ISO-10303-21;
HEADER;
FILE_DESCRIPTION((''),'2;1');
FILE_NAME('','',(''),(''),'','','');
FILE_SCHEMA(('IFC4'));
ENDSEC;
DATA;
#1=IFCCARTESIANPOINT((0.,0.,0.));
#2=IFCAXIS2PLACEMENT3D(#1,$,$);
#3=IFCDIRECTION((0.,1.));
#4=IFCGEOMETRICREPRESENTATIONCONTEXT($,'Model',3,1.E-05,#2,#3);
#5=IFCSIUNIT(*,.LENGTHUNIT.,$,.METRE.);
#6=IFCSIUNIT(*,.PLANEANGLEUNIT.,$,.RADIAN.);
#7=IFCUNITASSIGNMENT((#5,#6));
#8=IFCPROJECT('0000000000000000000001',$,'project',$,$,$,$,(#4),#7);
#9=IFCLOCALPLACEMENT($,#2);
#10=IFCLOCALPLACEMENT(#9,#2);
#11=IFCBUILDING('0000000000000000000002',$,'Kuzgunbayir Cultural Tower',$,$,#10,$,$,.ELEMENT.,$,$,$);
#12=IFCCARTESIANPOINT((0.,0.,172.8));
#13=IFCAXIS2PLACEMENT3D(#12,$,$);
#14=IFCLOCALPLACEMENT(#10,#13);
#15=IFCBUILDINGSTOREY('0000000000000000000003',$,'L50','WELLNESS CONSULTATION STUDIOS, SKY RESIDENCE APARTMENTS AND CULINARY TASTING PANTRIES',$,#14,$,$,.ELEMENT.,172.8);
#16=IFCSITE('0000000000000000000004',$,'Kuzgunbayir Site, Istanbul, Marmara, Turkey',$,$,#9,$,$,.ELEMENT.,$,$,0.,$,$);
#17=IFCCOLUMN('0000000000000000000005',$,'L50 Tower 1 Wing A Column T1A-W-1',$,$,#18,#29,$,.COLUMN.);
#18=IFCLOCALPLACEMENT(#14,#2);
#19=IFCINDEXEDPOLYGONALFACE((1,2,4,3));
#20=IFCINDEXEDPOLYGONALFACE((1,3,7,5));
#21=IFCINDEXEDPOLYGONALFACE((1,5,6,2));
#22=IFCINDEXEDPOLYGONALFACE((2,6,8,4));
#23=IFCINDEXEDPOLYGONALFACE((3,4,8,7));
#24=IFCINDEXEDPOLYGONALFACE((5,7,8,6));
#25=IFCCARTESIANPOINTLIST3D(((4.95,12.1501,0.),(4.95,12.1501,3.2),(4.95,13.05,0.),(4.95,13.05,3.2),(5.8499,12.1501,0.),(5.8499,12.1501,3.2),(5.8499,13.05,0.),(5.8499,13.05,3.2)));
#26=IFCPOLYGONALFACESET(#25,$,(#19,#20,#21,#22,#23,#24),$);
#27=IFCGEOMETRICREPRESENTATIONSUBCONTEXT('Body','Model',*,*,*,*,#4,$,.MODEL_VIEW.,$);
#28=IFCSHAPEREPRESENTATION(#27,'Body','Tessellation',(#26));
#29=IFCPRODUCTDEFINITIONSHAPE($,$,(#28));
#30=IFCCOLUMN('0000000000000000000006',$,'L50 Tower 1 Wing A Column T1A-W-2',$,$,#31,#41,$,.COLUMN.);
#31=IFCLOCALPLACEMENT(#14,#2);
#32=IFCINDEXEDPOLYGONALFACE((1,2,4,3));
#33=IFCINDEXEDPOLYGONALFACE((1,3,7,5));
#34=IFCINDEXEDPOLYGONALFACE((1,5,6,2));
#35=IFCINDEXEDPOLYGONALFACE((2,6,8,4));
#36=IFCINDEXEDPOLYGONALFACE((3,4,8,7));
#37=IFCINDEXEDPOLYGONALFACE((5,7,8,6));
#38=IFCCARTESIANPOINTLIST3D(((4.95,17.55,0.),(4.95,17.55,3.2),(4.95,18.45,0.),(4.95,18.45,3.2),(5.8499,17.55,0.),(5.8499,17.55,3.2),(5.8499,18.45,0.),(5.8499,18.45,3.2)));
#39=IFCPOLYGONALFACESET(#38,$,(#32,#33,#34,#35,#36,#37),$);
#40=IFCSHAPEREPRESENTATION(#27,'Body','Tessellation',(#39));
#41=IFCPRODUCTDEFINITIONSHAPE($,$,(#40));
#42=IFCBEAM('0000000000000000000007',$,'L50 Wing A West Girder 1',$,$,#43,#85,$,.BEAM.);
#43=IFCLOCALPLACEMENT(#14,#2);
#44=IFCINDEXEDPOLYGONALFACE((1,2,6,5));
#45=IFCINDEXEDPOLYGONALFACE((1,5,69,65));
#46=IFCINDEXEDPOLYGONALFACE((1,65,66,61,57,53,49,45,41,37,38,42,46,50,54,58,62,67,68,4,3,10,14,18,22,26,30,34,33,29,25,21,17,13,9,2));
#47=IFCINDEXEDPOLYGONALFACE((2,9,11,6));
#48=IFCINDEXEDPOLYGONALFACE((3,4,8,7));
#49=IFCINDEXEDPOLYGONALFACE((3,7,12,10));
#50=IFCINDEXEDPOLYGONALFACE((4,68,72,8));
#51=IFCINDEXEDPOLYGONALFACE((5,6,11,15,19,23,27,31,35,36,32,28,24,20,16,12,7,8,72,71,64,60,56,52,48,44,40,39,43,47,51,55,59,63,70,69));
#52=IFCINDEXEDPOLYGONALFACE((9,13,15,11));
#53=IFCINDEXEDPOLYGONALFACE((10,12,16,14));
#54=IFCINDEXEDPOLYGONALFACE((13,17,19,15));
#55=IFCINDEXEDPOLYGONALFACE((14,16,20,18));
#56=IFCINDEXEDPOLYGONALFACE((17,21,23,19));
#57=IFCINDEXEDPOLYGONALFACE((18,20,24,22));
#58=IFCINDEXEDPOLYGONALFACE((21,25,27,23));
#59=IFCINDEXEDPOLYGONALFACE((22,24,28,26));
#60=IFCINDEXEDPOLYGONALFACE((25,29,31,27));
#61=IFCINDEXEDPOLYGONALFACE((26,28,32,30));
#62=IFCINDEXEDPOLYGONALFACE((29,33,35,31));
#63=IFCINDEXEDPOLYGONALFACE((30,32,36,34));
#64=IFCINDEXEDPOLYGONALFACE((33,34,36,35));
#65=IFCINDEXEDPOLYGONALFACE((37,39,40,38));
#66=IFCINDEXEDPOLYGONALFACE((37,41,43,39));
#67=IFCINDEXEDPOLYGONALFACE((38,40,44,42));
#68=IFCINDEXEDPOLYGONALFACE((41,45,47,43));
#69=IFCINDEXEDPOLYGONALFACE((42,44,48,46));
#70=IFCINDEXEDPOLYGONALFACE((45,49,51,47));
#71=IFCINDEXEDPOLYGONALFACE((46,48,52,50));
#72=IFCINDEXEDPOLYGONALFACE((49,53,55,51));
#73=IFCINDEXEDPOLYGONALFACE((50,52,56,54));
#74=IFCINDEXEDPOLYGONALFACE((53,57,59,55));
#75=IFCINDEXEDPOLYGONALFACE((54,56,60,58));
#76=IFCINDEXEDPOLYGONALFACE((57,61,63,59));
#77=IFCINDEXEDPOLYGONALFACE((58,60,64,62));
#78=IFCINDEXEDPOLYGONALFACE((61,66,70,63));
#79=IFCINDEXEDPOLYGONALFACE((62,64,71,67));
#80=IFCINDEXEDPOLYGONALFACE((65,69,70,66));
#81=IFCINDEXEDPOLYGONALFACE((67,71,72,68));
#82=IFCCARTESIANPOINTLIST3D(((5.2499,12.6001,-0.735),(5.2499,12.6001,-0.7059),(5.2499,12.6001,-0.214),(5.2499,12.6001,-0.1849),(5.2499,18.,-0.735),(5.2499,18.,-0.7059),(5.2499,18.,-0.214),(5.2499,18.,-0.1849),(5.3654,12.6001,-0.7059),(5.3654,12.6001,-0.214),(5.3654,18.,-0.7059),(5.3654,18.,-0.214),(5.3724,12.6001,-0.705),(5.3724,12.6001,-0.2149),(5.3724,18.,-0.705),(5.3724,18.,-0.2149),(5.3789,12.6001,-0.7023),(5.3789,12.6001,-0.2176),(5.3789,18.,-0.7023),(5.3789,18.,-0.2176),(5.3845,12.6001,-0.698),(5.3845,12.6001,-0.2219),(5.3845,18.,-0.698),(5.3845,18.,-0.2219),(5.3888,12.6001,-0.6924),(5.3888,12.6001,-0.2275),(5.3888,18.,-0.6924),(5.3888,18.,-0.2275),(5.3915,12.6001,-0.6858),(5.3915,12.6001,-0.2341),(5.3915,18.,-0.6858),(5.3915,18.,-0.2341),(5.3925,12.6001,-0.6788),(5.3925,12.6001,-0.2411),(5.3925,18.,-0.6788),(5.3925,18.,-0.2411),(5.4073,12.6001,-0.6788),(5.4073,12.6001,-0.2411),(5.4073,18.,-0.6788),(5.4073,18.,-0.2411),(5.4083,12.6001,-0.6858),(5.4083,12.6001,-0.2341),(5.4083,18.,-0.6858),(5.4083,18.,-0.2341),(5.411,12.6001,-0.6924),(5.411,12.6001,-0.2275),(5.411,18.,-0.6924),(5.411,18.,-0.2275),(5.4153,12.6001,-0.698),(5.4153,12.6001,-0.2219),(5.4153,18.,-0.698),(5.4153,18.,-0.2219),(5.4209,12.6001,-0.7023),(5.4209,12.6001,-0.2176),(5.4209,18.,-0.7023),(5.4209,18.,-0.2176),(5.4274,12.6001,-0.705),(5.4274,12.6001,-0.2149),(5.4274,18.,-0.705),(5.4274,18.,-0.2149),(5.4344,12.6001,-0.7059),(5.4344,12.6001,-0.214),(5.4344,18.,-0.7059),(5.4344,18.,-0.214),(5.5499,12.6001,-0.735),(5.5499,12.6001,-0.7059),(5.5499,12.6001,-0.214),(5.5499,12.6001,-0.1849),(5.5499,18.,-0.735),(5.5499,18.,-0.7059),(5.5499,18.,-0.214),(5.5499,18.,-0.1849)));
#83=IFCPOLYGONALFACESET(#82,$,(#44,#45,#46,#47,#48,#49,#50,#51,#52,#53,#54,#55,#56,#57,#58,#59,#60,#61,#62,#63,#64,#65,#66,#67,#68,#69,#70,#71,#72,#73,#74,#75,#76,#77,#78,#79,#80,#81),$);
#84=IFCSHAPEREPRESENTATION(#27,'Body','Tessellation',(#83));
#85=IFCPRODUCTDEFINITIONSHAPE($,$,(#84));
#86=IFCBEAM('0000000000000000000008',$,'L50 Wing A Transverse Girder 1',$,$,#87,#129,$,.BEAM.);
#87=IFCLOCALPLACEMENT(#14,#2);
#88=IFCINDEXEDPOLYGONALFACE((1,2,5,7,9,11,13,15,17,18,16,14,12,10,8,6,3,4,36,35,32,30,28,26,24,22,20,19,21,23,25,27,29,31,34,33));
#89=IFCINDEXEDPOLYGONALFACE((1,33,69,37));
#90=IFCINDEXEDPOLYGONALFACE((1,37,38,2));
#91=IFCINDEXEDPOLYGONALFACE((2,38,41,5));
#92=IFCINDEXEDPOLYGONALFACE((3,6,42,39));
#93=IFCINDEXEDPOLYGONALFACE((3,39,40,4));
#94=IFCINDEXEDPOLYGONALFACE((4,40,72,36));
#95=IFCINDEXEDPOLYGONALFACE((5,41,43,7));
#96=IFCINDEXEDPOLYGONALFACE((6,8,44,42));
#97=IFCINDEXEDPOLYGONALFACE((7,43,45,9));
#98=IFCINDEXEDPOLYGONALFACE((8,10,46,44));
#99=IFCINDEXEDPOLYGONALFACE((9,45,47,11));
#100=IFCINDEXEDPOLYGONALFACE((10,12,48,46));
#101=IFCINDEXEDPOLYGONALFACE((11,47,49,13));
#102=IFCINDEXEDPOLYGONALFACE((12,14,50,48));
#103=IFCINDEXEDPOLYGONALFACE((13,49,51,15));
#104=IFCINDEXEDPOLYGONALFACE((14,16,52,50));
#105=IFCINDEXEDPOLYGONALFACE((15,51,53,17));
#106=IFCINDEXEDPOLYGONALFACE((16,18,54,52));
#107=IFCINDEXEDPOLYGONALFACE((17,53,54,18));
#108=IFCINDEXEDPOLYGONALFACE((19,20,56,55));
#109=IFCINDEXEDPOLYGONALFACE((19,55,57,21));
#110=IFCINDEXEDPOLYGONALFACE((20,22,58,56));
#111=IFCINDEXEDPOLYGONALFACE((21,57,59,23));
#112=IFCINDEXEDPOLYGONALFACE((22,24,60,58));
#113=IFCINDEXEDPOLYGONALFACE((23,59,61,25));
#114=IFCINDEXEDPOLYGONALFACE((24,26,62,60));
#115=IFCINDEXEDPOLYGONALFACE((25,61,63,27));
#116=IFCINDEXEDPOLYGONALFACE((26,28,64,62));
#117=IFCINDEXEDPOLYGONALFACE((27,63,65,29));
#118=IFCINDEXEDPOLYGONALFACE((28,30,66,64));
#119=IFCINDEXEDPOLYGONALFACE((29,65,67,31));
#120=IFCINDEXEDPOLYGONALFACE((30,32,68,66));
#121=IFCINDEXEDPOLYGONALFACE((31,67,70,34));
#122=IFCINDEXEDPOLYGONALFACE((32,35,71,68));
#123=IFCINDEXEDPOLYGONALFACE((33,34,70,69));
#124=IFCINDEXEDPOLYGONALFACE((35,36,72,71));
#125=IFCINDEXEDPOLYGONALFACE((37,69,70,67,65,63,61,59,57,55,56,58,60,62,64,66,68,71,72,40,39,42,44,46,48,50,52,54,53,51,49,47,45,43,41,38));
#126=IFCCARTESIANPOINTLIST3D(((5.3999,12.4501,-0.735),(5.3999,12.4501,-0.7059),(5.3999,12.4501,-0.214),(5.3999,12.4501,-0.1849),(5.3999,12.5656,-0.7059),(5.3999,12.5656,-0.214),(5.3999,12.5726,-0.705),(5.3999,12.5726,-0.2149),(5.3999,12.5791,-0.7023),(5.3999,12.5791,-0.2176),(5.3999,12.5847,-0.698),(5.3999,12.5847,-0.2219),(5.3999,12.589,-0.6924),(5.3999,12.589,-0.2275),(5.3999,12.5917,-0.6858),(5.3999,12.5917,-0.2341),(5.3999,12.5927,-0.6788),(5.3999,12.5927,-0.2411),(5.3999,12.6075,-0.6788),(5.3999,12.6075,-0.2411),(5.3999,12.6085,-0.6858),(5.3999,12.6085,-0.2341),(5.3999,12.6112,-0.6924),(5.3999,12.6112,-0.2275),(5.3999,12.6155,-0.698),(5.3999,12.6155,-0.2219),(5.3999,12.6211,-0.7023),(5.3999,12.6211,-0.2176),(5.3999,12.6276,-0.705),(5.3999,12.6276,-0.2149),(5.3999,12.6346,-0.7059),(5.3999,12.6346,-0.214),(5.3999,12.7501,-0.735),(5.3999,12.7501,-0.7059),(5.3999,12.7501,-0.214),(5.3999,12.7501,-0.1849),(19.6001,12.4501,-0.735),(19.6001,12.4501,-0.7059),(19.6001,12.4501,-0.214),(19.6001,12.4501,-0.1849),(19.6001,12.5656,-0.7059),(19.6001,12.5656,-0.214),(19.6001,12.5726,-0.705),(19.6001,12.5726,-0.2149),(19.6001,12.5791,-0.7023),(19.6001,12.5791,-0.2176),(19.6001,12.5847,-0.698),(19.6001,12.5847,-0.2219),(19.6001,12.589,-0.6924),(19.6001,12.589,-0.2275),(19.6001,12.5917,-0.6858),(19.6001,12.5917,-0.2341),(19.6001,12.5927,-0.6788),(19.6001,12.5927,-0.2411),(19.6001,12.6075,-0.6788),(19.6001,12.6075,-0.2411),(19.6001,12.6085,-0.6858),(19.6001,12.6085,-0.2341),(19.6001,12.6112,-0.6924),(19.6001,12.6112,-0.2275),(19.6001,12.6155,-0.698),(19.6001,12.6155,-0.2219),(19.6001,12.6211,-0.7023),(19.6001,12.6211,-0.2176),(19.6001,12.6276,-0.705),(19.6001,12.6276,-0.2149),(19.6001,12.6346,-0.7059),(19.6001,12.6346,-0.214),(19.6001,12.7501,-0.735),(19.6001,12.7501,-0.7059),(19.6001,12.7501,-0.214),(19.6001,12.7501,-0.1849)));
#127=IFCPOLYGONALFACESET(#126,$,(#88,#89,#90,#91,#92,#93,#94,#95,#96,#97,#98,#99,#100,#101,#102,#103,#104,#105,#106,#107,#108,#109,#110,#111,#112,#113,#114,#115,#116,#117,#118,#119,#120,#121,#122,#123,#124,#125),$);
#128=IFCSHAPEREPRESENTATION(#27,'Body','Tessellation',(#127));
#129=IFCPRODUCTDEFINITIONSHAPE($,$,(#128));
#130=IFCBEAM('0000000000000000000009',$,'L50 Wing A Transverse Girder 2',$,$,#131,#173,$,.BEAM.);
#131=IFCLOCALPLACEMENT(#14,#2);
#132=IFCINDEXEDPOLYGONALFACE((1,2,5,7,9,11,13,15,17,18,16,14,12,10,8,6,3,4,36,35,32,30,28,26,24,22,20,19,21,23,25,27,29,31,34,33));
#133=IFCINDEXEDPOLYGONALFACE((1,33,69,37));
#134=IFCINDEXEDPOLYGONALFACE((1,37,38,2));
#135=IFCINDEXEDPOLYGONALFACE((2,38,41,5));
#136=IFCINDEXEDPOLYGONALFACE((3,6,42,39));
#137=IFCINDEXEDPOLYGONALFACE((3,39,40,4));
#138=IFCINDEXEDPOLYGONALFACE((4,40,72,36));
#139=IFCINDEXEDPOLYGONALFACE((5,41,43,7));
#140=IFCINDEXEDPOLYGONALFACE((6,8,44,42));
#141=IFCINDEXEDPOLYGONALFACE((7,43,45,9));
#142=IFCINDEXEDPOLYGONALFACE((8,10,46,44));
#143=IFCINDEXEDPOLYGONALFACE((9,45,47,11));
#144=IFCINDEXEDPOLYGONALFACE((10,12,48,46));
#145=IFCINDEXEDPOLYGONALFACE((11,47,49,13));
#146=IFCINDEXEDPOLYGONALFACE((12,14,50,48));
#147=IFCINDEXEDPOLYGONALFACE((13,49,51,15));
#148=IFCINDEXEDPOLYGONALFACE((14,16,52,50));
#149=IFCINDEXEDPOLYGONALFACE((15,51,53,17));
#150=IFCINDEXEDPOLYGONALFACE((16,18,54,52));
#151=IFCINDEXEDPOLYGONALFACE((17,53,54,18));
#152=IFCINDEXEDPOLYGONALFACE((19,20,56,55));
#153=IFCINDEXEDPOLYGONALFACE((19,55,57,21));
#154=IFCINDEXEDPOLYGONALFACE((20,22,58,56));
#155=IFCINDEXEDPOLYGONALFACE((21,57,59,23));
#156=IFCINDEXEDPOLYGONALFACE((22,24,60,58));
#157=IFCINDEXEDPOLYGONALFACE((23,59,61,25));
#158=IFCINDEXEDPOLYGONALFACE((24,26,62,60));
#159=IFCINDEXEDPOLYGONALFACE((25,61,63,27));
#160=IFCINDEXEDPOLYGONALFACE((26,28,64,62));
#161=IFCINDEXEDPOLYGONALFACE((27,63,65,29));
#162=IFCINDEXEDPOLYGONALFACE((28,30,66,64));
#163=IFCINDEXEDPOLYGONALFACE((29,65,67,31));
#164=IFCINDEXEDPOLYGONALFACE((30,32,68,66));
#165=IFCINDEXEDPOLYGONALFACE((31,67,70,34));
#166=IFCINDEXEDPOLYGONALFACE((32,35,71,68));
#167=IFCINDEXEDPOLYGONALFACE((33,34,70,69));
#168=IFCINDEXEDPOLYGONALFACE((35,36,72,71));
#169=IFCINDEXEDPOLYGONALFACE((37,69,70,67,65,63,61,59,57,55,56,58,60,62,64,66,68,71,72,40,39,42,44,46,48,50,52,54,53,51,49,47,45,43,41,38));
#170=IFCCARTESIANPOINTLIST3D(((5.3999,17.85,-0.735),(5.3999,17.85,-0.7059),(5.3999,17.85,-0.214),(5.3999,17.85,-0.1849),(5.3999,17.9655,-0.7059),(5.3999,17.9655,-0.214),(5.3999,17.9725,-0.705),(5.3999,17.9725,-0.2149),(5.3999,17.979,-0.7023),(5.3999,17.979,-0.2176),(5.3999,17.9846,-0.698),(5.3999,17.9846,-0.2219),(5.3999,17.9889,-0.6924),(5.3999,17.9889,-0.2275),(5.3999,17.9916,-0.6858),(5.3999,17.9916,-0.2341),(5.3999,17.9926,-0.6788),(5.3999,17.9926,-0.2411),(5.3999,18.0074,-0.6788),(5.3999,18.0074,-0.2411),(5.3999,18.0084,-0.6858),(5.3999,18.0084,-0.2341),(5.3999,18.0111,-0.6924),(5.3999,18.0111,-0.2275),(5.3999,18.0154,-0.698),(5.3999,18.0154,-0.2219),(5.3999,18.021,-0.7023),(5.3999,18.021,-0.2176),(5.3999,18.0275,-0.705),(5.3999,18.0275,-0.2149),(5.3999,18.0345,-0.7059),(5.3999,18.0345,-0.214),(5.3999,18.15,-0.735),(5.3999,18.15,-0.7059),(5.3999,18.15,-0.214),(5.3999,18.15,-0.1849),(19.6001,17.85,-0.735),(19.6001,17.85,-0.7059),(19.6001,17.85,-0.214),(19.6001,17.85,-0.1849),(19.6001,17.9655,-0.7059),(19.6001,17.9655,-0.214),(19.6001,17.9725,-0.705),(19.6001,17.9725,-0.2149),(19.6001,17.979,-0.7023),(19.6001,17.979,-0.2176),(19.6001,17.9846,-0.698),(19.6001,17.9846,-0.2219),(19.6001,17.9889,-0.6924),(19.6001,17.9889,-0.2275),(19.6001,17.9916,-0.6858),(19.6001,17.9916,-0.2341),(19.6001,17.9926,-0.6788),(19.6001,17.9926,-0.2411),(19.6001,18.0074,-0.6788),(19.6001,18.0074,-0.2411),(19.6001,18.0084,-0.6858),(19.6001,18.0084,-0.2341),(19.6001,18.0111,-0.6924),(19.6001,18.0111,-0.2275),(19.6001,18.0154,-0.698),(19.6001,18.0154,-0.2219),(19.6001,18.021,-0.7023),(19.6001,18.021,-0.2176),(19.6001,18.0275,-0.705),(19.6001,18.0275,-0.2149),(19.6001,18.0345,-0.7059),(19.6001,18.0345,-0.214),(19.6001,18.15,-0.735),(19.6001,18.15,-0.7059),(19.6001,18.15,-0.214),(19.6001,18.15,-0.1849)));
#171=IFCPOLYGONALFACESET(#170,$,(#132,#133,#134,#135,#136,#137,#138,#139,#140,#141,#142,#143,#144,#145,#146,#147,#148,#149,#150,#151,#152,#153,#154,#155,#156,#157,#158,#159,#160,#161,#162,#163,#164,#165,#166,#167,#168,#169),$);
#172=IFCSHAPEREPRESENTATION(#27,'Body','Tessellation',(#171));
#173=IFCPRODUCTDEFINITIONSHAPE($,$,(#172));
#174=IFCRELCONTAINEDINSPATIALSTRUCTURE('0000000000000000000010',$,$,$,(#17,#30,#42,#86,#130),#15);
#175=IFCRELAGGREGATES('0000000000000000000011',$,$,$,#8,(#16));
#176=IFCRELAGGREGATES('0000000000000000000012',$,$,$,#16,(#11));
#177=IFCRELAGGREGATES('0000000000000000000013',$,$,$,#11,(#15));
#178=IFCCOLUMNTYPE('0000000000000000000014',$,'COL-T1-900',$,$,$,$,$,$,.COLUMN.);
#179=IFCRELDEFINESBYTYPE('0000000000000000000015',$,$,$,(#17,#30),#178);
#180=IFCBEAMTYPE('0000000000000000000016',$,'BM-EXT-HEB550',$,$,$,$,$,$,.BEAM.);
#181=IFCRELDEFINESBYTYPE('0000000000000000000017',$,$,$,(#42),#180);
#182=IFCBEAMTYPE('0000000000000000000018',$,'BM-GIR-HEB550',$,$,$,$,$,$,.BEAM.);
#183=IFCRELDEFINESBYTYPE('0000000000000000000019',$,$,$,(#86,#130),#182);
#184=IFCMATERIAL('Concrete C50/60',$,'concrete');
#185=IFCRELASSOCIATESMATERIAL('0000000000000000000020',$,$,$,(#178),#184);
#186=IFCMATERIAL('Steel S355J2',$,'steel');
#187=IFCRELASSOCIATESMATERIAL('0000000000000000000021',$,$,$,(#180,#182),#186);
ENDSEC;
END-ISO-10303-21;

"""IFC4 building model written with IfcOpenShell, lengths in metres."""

from ifc_helpers import new_model, si_unit, direction, frame, origin, origin_2d, place, context, subcontext, project, spatial, rectangle, i_section, extrude, material, material_profile, profile_set, type_object, element, save


model = new_model("IFC4")

# Units and contexts
model_context = context("Model", 3, precision=1e-05, world=origin(), true_north=direction((0.0, 1.0)))
body_context = subcontext(model_context, "Body", "Model", "MODEL_VIEW")
ifc_project = project(units=[si_unit("LENGTHUNIT", "METRE"), si_unit("PLANEANGLEUNIT", "RADIAN")], contexts=[model_context])

# Site, building, storey
site_placement = place(None, origin())
site = spatial("IfcSite", under=ifc_project, at=site_placement, Name="Kuzgunbayir Site, Istanbul, Marmara, Turkey", CompositionType="ELEMENT", RefElevation=0.0)
building_placement = place(site_placement, origin())
building = spatial("IfcBuilding", under=site, at=building_placement, Name="Kuzgunbayir Cultural Tower", CompositionType="ELEMENT")
storey_placement = place(building_placement, frame((0.0, 0.0, 172.8)))
storey = spatial("IfcBuildingStorey", under=building, at=storey_placement, Name="L50", Description="WELLNESS CONSULTATION STUDIOS, SKY RESIDENCE APARTMENTS AND CULINARY TASTING PANTRIES", CompositionType="ELEMENT", Elevation=172.8)

# Columns
ifc_material_1 = material(Name="Concrete C50/60", Category="concrete")
ifc_material_profile_1 = material_profile(ifc_material_1, rectangle(XDim=0.8999, YDim=0.8999, at=origin_2d()), Name="RC 900x900")
ifc_profile_set_1 = profile_set([ifc_material_profile_1], Name="Concrete C50/60")
column_type = type_object("IfcColumnType", Name="COL-T1-900", PredefinedType="COLUMN", material=ifc_profile_set_1)
for number, where, z_axis, x_axis, name in (
    (1, (5.3999, 12.6001, 0.0), (0.0, 0.0, 1.0), (1.0, 0.0, 0.0), "L50 Tower 1 Wing A Column T1A-W-1"),
    (2, (5.3999, 18.0, 0.0), (0.0, 0.0, 1.0), (1.0, 0.0, 0.0), "L50 Tower 1 Wing A Column T1A-W-2"),
):
    element("IfcColumn", number, at=place(storey_placement, frame(where, z_axis=z_axis, x_axis=x_axis)), inside=storey, type_object=column_type, Name=name, PredefinedType="COLUMN", context=body_context, shape_type="SweptSolid", body=[
        extrude(rectangle(XDim=0.8999, YDim=0.8999, at=origin_2d()), origin(), (0.0, 0.0, 1.0), 3.2),
    ])

# Beams
ifc_material_2 = material(Name="Steel S355J2", Category="steel")
ifc_material_profile_2 = material_profile(ifc_material_2, i_section(OverallWidth=0.3, OverallDepth=0.55, WebThickness=0.0149, FlangeThickness=0.0291, FilletRadius=0.0271, at=origin_2d()), Name="HEB 550")
ifc_profile_set_2 = profile_set([ifc_material_profile_2], Name="Steel S355J2")
beam_type_1 = type_object("IfcBeamType", Name="BM-EXT-HEB550", PredefinedType="BEAM", material=ifc_profile_set_2)
beam_placement = place(storey_placement, frame((5.3999, 12.6001, -0.46), z_axis=(0.0, 1.0, 0.0), x_axis=(-1.0, 0.0, 0.0)))
element("IfcBeam", 3, at=beam_placement, inside=storey, type_object=beam_type_1, Name="L50 Wing A West Girder 1", PredefinedType="BEAM", context=body_context, shape_type="SweptSolid", body=[
    extrude(i_section(OverallWidth=0.3, OverallDepth=0.55, WebThickness=0.0149, FlangeThickness=0.0291, FilletRadius=0.0271, at=origin_2d()), origin(), (0.0, 0.0, 1.0), 5.3999),
])
ifc_material_profile_3 = material_profile(ifc_material_2, i_section(OverallWidth=0.3, OverallDepth=0.55, WebThickness=0.0149, FlangeThickness=0.0291, FilletRadius=0.0271, at=origin_2d()), Name="HEB 550")
ifc_profile_set_3 = profile_set([ifc_material_profile_3], Name="Steel S355J2")
beam_type_2 = type_object("IfcBeamType", Name="BM-GIR-HEB550", PredefinedType="BEAM", material=ifc_profile_set_3)
for number, where, z_axis, x_axis, name in (
    (4, (5.3999, 12.6001, -0.46), (1.0, 0.0, 0.0), (0.0, 1.0, 0.0), "L50 Wing A Transverse Girder 1"),
    (5, (5.3999, 18.0, -0.46), (1.0, 0.0, 0.0), (0.0, 1.0, 0.0), "L50 Wing A Transverse Girder 2"),
):
    element("IfcBeam", number, at=place(storey_placement, frame(where, z_axis=z_axis, x_axis=x_axis)), inside=storey, type_object=beam_type_2, Name=name, PredefinedType="BEAM", context=body_context, shape_type="SweptSolid", body=[
        extrude(i_section(OverallWidth=0.3, OverallDepth=0.55, WebThickness=0.0149, FlangeThickness=0.0291, FilletRadius=0.0271, at=origin_2d()), origin(), (0.0, 0.0, 1.0), 14.2002),
    ])

save(model, "model.ifc")
